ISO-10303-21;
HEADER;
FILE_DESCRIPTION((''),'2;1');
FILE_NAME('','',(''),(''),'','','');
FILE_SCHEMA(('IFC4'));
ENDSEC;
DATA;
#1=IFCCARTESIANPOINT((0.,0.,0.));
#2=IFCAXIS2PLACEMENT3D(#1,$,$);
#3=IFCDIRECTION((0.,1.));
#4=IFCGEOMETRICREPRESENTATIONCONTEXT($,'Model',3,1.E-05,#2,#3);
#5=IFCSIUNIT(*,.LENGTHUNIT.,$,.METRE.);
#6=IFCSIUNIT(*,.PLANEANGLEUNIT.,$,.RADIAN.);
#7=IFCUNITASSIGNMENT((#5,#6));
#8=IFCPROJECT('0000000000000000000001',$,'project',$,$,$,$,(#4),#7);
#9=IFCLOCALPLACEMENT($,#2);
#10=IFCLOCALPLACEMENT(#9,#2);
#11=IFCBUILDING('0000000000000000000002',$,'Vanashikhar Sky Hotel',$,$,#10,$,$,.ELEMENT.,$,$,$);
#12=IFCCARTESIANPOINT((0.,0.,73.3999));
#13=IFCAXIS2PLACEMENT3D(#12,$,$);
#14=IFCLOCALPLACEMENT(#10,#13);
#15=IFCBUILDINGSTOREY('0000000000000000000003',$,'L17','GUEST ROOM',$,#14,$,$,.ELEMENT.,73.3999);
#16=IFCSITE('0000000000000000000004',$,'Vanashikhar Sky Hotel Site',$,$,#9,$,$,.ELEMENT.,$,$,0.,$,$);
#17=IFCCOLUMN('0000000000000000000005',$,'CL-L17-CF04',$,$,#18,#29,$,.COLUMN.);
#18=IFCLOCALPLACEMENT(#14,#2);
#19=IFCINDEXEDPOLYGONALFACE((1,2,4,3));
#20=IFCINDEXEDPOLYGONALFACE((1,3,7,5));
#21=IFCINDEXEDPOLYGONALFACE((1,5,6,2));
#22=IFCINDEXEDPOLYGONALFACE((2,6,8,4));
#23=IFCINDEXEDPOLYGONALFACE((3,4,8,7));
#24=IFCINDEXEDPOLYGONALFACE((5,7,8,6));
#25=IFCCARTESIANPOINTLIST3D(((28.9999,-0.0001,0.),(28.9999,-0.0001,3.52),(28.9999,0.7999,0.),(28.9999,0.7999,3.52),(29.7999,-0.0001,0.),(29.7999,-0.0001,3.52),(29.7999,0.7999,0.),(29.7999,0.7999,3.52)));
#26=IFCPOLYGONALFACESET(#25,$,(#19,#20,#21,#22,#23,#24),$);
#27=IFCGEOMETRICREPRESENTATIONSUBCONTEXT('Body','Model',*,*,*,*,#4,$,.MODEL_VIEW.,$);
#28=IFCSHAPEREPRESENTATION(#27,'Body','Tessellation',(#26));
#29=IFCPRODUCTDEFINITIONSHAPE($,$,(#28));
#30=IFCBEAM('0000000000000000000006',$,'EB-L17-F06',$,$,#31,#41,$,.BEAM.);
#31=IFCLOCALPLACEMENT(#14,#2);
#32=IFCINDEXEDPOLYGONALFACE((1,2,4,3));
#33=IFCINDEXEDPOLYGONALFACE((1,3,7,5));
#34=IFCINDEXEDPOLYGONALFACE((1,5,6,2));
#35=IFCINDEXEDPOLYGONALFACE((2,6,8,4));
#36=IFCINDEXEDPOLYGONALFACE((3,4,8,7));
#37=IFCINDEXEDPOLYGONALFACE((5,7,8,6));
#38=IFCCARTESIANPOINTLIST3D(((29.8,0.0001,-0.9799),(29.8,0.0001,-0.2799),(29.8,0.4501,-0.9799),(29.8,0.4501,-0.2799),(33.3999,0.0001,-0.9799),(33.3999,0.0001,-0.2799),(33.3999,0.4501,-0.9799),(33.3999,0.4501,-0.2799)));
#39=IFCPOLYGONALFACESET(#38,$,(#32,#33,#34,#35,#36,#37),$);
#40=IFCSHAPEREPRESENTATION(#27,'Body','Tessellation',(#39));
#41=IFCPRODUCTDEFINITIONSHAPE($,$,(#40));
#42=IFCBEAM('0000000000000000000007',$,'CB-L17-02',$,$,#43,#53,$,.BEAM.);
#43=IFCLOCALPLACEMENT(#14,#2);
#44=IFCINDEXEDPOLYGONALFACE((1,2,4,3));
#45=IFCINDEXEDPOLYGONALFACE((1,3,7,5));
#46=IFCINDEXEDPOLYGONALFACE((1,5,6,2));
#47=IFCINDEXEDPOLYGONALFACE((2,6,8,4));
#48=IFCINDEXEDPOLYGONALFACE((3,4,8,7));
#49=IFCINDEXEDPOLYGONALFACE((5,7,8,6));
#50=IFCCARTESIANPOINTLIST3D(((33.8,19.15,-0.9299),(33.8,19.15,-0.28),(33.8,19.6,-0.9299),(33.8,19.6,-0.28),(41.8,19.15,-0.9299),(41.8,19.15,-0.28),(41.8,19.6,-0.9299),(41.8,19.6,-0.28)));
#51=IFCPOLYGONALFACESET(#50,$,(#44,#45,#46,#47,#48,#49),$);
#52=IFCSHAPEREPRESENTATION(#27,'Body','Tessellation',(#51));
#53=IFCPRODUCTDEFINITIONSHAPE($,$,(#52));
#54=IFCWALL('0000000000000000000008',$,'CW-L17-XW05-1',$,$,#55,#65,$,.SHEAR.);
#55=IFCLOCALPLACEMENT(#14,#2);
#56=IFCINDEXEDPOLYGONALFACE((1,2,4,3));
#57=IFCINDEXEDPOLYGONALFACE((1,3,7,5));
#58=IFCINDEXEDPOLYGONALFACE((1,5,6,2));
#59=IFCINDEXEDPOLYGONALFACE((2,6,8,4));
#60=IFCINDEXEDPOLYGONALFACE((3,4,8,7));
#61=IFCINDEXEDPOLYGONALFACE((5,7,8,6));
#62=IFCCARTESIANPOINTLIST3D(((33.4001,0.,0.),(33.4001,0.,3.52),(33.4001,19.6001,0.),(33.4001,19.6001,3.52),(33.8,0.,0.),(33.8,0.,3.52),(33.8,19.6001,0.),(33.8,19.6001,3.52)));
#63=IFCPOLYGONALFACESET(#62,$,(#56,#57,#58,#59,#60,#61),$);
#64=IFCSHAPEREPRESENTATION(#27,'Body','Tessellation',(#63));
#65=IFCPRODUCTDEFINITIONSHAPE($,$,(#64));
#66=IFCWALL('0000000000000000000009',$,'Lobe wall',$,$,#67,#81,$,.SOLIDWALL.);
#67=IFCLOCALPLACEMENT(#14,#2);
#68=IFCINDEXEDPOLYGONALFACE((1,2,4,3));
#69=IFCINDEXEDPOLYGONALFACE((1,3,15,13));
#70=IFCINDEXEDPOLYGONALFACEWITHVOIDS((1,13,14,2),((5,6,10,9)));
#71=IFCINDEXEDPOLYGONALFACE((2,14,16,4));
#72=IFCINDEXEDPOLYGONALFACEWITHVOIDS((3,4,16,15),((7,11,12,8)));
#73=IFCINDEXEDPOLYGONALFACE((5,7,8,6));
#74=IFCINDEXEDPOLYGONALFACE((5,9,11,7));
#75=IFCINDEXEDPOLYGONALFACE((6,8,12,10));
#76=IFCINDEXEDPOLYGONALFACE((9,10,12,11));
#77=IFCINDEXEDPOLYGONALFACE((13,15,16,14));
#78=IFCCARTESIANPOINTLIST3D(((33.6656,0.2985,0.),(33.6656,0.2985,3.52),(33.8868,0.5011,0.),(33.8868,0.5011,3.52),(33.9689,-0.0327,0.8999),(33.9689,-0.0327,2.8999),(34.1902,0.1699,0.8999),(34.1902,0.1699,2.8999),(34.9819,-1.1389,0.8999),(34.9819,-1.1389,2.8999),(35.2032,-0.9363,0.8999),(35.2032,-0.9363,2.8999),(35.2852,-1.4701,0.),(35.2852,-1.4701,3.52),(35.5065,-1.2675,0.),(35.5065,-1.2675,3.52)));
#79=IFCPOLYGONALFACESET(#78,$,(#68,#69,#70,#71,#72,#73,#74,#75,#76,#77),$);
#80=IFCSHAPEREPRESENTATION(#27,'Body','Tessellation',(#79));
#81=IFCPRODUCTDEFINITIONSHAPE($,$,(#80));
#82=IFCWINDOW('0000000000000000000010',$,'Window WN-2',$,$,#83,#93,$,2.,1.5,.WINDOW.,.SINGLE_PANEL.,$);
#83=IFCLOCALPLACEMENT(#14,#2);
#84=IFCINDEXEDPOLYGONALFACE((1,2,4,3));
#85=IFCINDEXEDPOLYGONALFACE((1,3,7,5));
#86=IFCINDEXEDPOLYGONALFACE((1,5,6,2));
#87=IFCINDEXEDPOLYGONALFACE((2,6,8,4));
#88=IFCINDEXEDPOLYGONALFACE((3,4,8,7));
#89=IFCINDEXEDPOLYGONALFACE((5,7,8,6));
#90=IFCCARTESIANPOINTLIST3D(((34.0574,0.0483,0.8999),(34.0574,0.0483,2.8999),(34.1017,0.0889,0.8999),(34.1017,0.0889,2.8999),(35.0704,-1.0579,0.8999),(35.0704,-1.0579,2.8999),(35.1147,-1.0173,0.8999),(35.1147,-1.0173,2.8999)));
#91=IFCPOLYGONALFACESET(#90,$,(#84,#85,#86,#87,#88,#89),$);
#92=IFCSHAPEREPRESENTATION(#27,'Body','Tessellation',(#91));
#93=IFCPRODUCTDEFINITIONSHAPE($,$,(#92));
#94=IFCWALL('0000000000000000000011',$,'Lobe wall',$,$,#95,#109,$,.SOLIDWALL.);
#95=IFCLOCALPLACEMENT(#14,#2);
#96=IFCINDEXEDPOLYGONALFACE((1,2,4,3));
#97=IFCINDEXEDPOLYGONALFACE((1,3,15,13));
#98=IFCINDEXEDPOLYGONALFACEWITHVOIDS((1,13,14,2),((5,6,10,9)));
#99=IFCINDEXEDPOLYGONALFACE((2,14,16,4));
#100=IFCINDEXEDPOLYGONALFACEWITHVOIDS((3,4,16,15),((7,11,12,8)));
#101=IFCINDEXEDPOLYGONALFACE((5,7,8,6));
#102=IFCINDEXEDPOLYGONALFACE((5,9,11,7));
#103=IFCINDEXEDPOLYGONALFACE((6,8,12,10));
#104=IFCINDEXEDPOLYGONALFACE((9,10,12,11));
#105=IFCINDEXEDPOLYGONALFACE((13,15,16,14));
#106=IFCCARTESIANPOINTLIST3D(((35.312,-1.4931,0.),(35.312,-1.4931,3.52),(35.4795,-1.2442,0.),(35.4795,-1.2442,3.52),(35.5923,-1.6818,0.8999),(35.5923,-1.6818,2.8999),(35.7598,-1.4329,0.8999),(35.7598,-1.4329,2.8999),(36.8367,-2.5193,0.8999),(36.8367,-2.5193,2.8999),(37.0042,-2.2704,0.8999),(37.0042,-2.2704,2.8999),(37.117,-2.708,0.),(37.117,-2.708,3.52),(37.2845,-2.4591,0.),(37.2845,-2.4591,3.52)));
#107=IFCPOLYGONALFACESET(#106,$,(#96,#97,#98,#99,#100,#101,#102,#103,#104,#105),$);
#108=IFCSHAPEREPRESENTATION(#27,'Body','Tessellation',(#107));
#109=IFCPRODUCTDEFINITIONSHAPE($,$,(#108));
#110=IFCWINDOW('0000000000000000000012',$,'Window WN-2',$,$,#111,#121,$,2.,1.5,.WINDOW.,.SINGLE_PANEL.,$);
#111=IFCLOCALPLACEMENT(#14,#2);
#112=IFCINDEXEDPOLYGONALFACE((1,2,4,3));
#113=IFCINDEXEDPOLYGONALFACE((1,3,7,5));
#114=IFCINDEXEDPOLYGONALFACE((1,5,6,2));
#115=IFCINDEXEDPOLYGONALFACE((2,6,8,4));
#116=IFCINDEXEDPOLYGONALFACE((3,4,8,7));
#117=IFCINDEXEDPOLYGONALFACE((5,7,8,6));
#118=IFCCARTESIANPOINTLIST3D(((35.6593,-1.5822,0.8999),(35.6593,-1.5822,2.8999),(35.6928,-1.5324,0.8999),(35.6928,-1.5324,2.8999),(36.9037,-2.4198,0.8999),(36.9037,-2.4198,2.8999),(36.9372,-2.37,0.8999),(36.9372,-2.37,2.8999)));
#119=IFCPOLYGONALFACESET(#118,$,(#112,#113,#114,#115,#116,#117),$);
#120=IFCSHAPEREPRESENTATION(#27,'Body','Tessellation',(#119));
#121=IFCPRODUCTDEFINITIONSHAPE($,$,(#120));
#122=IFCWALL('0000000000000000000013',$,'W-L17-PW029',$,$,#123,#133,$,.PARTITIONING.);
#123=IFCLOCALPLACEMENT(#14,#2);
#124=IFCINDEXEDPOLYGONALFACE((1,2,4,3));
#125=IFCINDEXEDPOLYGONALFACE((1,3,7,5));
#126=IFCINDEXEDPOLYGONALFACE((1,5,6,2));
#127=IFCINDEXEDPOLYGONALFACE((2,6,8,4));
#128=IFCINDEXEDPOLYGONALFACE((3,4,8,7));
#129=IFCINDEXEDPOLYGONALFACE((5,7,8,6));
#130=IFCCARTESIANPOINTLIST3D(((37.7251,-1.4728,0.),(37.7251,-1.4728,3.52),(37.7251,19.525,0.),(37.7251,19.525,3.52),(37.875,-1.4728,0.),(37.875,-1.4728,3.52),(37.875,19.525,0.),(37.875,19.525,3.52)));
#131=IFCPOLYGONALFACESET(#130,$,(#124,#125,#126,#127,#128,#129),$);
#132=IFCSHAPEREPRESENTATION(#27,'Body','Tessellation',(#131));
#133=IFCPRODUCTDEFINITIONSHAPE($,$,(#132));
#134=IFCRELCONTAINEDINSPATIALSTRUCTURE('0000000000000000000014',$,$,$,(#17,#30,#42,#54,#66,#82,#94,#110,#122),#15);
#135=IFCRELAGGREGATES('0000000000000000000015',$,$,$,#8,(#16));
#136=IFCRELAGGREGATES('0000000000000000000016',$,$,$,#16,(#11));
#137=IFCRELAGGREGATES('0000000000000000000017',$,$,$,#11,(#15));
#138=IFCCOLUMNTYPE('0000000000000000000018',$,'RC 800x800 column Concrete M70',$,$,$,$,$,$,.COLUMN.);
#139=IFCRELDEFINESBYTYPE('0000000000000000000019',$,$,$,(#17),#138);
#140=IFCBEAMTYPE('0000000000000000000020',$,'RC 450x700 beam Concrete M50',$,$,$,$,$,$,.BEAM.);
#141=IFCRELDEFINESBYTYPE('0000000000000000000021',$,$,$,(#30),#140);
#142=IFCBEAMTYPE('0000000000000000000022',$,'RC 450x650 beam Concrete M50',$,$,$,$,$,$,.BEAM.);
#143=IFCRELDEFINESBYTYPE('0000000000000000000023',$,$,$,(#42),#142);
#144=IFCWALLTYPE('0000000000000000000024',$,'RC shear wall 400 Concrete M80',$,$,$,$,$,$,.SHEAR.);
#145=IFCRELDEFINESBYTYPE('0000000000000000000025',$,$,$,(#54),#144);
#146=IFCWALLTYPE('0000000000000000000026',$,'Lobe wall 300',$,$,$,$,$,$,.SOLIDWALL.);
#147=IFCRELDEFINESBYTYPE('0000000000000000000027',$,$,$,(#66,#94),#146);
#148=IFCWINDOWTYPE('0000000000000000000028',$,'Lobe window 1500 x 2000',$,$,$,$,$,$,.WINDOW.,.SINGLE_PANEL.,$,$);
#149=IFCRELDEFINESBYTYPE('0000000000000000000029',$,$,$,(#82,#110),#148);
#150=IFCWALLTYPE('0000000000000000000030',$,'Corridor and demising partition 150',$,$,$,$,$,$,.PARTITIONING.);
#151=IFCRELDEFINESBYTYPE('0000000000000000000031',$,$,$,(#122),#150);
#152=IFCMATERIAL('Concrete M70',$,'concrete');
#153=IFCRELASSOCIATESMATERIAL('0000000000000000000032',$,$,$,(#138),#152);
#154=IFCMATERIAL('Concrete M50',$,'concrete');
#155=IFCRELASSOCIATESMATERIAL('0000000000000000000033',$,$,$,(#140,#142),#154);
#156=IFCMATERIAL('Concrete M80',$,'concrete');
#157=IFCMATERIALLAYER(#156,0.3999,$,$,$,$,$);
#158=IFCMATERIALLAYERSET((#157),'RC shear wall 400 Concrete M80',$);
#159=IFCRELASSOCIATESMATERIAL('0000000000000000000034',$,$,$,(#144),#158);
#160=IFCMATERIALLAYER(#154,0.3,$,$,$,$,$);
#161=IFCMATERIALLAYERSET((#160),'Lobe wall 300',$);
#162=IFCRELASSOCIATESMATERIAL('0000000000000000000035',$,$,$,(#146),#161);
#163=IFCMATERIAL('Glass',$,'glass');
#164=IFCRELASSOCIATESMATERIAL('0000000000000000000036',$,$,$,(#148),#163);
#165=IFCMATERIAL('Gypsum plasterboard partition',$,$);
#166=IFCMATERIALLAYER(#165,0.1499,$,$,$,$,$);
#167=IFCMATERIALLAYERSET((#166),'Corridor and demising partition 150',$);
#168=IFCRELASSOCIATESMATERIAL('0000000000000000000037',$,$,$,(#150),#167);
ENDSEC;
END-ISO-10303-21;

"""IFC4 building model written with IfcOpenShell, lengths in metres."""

from ifc_helpers import new_model, si_unit, direction, frame, frame_2d, origin, origin_2d, place, context, subcontext, project, spatial, rectangle, extrude, source, transform, mapped, material, layer, layer_set, material_profile, profile_set, type_object, element, fill, save


model = new_model("IFC4")

# Units and contexts
model_context = context("Model", 3, precision=1e-05, world=origin(), true_north=direction((0.0, 1.0)))
body_context = subcontext(model_context, "Body", "Model", "MODEL_VIEW")
ifc_project = project(units=[si_unit("LENGTHUNIT", "METRE"), si_unit("PLANEANGLEUNIT", "RADIAN")], contexts=[model_context])

# Site, building, storey
site_placement = place(None, origin())
site = spatial("IfcSite", under=ifc_project, at=site_placement, Name="Vanashikhar Sky Hotel Site", CompositionType="ELEMENT", RefElevation=0.0)
building_placement = place(site_placement, origin())
building = spatial("IfcBuilding", under=site, at=building_placement, Name="Vanashikhar Sky Hotel", CompositionType="ELEMENT")
storey_placement = place(building_placement, frame((0.0, 0.0, 73.3999)))
storey = spatial("IfcBuildingStorey", under=building, at=storey_placement, Name="L17", Description="GUEST ROOM", CompositionType="ELEMENT", Elevation=73.3999)

# Column
ifc_material_1 = material(Name="Concrete M70", Category="concrete")
ifc_material_profile_1 = material_profile(ifc_material_1, rectangle(XDim=0.8, YDim=0.8, at=origin_2d()))
ifc_profile_set_1 = profile_set([ifc_material_profile_1], Name="RC 800x800 column Concrete M70")
column_type = type_object("IfcColumnType", Name="RC 800x800 column Concrete M70", PredefinedType="COLUMN", material=ifc_profile_set_1)
shared_shape_1 = source(origin(), body_context, "Body", "SweptSolid", [
    extrude(rectangle(XDim=0.8, YDim=0.8, at=origin_2d()), origin(), (0.0, 0.0, 1.0), 3.52),
])
column_placement = place(storey_placement, frame((29.3999, 0.3999, 0.0), z_axis=(0.0, 0.0, 1.0), x_axis=(1.0, 0.0, 0.0)))
element("IfcColumn", 1, at=column_placement, inside=storey, type_object=column_type, Name="CL-L17-CF04", PredefinedType="COLUMN", context=body_context, shape_type="MappedRepresentation", body=[
    mapped(shared_shape_1, transform((0.0, 0.0, 0.0), scale=1.0)),
])

# Beams
ifc_material_2 = material(Name="Concrete M50", Category="concrete")
ifc_material_profile_2 = material_profile(ifc_material_2, rectangle(XDim=0.45, YDim=0.7, at=origin_2d()))
ifc_profile_set_2 = profile_set([ifc_material_profile_2], Name="RC 450x700 beam Concrete M50")
beam_type_1 = type_object("IfcBeamType", Name="RC 450x700 beam Concrete M50", PredefinedType="BEAM", material=ifc_profile_set_2)
shared_shape_2 = source(origin(), body_context, "Body", "SweptSolid", [
    extrude(rectangle(XDim=0.45, YDim=0.7, at=origin_2d()), origin(), (0.0, 0.0, 1.0), 3.5999),
])
beam_1_placement = place(storey_placement, frame((29.8, 0.2251, -0.6299), z_axis=(1.0, 0.0, 0.0), x_axis=(0.0, 1.0, 0.0)))
element("IfcBeam", 2, at=beam_1_placement, inside=storey, type_object=beam_type_1, Name="EB-L17-F06", PredefinedType="BEAM", context=body_context, shape_type="MappedRepresentation", body=[
    mapped(shared_shape_2, transform((0.0, 0.0, 0.0), scale=1.0)),
])
ifc_material_profile_3 = material_profile(ifc_material_2, rectangle(XDim=0.45, YDim=0.6499, at=origin_2d()))
ifc_profile_set_3 = profile_set([ifc_material_profile_3], Name="RC 450x650 beam Concrete M50")
beam_type_2 = type_object("IfcBeamType", Name="RC 450x650 beam Concrete M50", PredefinedType="BEAM", material=ifc_profile_set_3)
shared_shape_3 = source(origin(), body_context, "Body", "SweptSolid", [
    extrude(rectangle(XDim=0.45, YDim=0.6499, at=origin_2d()), origin(), (0.0, 0.0, 1.0), 8.0),
])
beam_2_placement = place(storey_placement, frame((33.8, 19.375, -0.605), z_axis=(1.0, 0.0, 0.0), x_axis=(0.0, 1.0, 0.0)))
element("IfcBeam", 3, at=beam_2_placement, inside=storey, type_object=beam_type_2, Name="CB-L17-02", PredefinedType="BEAM", context=body_context, shape_type="MappedRepresentation", body=[
    mapped(shared_shape_3, transform((0.0, 0.0, 0.0), scale=1.0)),
])

# Wall
ifc_material_3 = material(Name="Concrete M80", Category="concrete")
ifc_layer_1 = layer(ifc_material_3, 0.3999)
ifc_layer_set_1 = layer_set([ifc_layer_1], Name="RC shear wall 400 Concrete M80")
wall_type_1 = type_object("IfcWallType", Name="RC shear wall 400 Concrete M80", PredefinedType="SHEAR", material=ifc_layer_set_1)
shared_shape_4 = source(origin(), body_context, "Body", "SweptSolid", [
    extrude(rectangle(XDim=19.6001, YDim=0.3999, at=frame_2d((9.8, 0.0))), origin(), (0.0, 0.0, 1.0), 3.52),
])
wall_1_placement = place(storey_placement, frame((33.6001, 0.0, 0.0), z_axis=(0.0, 0.0, 1.0), x_axis=(0.0, 1.0, 0.0)))
element("IfcWall", 4, at=wall_1_placement, inside=storey, type_object=wall_type_1, Name="CW-L17-XW05-1", PredefinedType="SHEAR", context=body_context, shape_type="MappedRepresentation", body=[
    mapped(shared_shape_4, transform((0.0, 0.0, 0.0), scale=1.0)),
])

# Walls, openings, windows
ifc_layer_2 = layer(ifc_material_2, 0.3)
ifc_layer_set_2 = layer_set([ifc_layer_2], Name="Lobe wall 300")
wall_type_2 = type_object("IfcWallType", Name="Lobe wall 300", PredefinedType="SOLIDWALL", material=ifc_layer_set_2)
shared_shape_5 = source(origin(), body_context, "Body", "SweptSolid", [
    extrude(rectangle(XDim=2.3982, YDim=0.3, at=frame_2d((1.1992, 0.0))), origin(), (0.0, 0.0, 1.0), 3.52),
])
wall_2_placement = place(storey_placement, frame((33.7761, 0.3999, 0.0), z_axis=(0.0, 0.0, 1.0), x_axis=(0.675374, -0.737475, 0.0)))
wall_2 = element("IfcWall", 5, at=wall_2_placement, inside=storey, type_object=wall_type_2, Name="Lobe wall", PredefinedType="SOLIDWALL", context=body_context, shape_type="MappedRepresentation", body=[
    mapped(shared_shape_5, transform((0.0, 0.0, 0.0), scale=1.0)),
])
shared_shape_6 = source(origin(), body_context, "Body", "SweptSolid", [
    extrude(rectangle(XDim=1.5, YDim=2.0, at=frame_2d((0.75, 1.0))), frame((0.0, 0.1602, 0.0), z_axis=(0.0, -1.0, 0.0), x_axis=(1.0, 0.0, 0.0)), (0.0, 0.0, 1.0), 0.3201),
])
opening_1_placement = place(wall_2_placement, frame((0.4492, 0.0, 0.8999)))
opening_1 = element("IfcOpeningElement", 6, at=opening_1_placement, cuts=wall_2, PredefinedType="OPENING", context=body_context, shape_type="MappedRepresentation", body=[
    mapped(shared_shape_6, transform((0.0, 0.0, 0.0), scale=1.0)),
])
ifc_material_4 = material(Name="Glass", Category="glass")
window_type_1 = type_object("IfcWindowType", Name="Lobe window 1500 x 2000", PartitioningType="SINGLE_PANEL", PredefinedType="WINDOW", material=ifc_material_4)
shared_shape_7 = source(origin(), body_context, "Body", "SweptSolid", [
    extrude(rectangle(XDim=1.5, YDim=2.0, at=frame_2d((0.75, 1.0))), frame((0.0, 0.03, 0.0), z_axis=(0.0, -1.0, 0.0), x_axis=(1.0, 0.0, 0.0)), (0.0, 0.0, 1.0), 0.0601),
])
window_1_placement = place(opening_1_placement, origin())
window_1 = element("IfcWindow", 7, at=window_1_placement, inside=storey, type_object=window_type_1, Name="Window WN-2", OverallHeight=2.0, OverallWidth=1.5, PartitioningType="SINGLE_PANEL", PredefinedType="WINDOW", context=body_context, shape_type="MappedRepresentation", body=[
    mapped(shared_shape_7, transform((0.0, 0.0, 0.0), scale=1.0)),
])
fill(opening_1, window_1)
shared_shape_8 = source(origin(), body_context, "Body", "SweptSolid", [
    extrude(rectangle(XDim=2.1758, YDim=0.3, at=frame_2d((1.0879, 0.0))), origin(), (0.0, 0.0, 1.0), 3.52),
])
wall_3_placement = place(storey_placement, frame((35.3958, -1.3687, 0.0), z_axis=(0.0, 0.0, 1.0), x_axis=(0.829591, -0.558372, 0.0)))
wall_3 = element("IfcWall", 8, at=wall_3_placement, inside=storey, type_object=wall_type_2, Name="Lobe wall", PredefinedType="SOLIDWALL", context=body_context, shape_type="MappedRepresentation", body=[
    mapped(shared_shape_8, transform((0.0, 0.0, 0.0), scale=1.0)),
])
opening_2_placement = place(wall_3_placement, frame((0.3379, 0.0, 0.8999)))
opening_2 = element("IfcOpeningElement", 9, at=opening_2_placement, cuts=wall_3, PredefinedType="OPENING", context=body_context, shape_type="MappedRepresentation", body=[
    mapped(shared_shape_6, transform((0.0, 0.0, 0.0), scale=1.0)),
])
window_2_placement = place(opening_2_placement, origin())
window_2 = element("IfcWindow", 10, at=window_2_placement, inside=storey, type_object=window_type_1, Name="Window WN-2", OverallHeight=2.0, OverallWidth=1.5, PartitioningType="SINGLE_PANEL", PredefinedType="WINDOW", context=body_context, shape_type="MappedRepresentation", body=[
    mapped(shared_shape_7, transform((0.0, 0.0, 0.0), scale=1.0)),
])
fill(opening_2, window_2)

# Wall
ifc_material_5 = material(Name="Gypsum plasterboard partition")
ifc_layer_3 = layer(ifc_material_5, 0.1499)
ifc_layer_set_3 = layer_set([ifc_layer_3], Name="Corridor and demising partition 150")
wall_type_3 = type_object("IfcWallType", Name="Corridor and demising partition 150", PredefinedType="PARTITIONING", material=ifc_layer_set_3)
shared_shape_9 = source(origin(), body_context, "Body", "SweptSolid", [
    extrude(rectangle(XDim=20.9978, YDim=0.1499, at=frame_2d((10.499, 0.0))), origin(), (0.0, 0.0, 1.0), 3.52),
])
wall_4_placement = place(storey_placement, frame((37.8, -1.4729, 0.0), z_axis=(0.0, 0.0, 1.0), x_axis=(0.0, 1.0, 0.0)))
element("IfcWall", 11, at=wall_4_placement, inside=storey, type_object=wall_type_3, Name="W-L17-PW029", PredefinedType="PARTITIONING", context=body_context, shape_type="MappedRepresentation", body=[
    mapped(shared_shape_9, transform((0.0, 0.0, 0.0), scale=1.0)),
])

save(model, "model.ifc")
